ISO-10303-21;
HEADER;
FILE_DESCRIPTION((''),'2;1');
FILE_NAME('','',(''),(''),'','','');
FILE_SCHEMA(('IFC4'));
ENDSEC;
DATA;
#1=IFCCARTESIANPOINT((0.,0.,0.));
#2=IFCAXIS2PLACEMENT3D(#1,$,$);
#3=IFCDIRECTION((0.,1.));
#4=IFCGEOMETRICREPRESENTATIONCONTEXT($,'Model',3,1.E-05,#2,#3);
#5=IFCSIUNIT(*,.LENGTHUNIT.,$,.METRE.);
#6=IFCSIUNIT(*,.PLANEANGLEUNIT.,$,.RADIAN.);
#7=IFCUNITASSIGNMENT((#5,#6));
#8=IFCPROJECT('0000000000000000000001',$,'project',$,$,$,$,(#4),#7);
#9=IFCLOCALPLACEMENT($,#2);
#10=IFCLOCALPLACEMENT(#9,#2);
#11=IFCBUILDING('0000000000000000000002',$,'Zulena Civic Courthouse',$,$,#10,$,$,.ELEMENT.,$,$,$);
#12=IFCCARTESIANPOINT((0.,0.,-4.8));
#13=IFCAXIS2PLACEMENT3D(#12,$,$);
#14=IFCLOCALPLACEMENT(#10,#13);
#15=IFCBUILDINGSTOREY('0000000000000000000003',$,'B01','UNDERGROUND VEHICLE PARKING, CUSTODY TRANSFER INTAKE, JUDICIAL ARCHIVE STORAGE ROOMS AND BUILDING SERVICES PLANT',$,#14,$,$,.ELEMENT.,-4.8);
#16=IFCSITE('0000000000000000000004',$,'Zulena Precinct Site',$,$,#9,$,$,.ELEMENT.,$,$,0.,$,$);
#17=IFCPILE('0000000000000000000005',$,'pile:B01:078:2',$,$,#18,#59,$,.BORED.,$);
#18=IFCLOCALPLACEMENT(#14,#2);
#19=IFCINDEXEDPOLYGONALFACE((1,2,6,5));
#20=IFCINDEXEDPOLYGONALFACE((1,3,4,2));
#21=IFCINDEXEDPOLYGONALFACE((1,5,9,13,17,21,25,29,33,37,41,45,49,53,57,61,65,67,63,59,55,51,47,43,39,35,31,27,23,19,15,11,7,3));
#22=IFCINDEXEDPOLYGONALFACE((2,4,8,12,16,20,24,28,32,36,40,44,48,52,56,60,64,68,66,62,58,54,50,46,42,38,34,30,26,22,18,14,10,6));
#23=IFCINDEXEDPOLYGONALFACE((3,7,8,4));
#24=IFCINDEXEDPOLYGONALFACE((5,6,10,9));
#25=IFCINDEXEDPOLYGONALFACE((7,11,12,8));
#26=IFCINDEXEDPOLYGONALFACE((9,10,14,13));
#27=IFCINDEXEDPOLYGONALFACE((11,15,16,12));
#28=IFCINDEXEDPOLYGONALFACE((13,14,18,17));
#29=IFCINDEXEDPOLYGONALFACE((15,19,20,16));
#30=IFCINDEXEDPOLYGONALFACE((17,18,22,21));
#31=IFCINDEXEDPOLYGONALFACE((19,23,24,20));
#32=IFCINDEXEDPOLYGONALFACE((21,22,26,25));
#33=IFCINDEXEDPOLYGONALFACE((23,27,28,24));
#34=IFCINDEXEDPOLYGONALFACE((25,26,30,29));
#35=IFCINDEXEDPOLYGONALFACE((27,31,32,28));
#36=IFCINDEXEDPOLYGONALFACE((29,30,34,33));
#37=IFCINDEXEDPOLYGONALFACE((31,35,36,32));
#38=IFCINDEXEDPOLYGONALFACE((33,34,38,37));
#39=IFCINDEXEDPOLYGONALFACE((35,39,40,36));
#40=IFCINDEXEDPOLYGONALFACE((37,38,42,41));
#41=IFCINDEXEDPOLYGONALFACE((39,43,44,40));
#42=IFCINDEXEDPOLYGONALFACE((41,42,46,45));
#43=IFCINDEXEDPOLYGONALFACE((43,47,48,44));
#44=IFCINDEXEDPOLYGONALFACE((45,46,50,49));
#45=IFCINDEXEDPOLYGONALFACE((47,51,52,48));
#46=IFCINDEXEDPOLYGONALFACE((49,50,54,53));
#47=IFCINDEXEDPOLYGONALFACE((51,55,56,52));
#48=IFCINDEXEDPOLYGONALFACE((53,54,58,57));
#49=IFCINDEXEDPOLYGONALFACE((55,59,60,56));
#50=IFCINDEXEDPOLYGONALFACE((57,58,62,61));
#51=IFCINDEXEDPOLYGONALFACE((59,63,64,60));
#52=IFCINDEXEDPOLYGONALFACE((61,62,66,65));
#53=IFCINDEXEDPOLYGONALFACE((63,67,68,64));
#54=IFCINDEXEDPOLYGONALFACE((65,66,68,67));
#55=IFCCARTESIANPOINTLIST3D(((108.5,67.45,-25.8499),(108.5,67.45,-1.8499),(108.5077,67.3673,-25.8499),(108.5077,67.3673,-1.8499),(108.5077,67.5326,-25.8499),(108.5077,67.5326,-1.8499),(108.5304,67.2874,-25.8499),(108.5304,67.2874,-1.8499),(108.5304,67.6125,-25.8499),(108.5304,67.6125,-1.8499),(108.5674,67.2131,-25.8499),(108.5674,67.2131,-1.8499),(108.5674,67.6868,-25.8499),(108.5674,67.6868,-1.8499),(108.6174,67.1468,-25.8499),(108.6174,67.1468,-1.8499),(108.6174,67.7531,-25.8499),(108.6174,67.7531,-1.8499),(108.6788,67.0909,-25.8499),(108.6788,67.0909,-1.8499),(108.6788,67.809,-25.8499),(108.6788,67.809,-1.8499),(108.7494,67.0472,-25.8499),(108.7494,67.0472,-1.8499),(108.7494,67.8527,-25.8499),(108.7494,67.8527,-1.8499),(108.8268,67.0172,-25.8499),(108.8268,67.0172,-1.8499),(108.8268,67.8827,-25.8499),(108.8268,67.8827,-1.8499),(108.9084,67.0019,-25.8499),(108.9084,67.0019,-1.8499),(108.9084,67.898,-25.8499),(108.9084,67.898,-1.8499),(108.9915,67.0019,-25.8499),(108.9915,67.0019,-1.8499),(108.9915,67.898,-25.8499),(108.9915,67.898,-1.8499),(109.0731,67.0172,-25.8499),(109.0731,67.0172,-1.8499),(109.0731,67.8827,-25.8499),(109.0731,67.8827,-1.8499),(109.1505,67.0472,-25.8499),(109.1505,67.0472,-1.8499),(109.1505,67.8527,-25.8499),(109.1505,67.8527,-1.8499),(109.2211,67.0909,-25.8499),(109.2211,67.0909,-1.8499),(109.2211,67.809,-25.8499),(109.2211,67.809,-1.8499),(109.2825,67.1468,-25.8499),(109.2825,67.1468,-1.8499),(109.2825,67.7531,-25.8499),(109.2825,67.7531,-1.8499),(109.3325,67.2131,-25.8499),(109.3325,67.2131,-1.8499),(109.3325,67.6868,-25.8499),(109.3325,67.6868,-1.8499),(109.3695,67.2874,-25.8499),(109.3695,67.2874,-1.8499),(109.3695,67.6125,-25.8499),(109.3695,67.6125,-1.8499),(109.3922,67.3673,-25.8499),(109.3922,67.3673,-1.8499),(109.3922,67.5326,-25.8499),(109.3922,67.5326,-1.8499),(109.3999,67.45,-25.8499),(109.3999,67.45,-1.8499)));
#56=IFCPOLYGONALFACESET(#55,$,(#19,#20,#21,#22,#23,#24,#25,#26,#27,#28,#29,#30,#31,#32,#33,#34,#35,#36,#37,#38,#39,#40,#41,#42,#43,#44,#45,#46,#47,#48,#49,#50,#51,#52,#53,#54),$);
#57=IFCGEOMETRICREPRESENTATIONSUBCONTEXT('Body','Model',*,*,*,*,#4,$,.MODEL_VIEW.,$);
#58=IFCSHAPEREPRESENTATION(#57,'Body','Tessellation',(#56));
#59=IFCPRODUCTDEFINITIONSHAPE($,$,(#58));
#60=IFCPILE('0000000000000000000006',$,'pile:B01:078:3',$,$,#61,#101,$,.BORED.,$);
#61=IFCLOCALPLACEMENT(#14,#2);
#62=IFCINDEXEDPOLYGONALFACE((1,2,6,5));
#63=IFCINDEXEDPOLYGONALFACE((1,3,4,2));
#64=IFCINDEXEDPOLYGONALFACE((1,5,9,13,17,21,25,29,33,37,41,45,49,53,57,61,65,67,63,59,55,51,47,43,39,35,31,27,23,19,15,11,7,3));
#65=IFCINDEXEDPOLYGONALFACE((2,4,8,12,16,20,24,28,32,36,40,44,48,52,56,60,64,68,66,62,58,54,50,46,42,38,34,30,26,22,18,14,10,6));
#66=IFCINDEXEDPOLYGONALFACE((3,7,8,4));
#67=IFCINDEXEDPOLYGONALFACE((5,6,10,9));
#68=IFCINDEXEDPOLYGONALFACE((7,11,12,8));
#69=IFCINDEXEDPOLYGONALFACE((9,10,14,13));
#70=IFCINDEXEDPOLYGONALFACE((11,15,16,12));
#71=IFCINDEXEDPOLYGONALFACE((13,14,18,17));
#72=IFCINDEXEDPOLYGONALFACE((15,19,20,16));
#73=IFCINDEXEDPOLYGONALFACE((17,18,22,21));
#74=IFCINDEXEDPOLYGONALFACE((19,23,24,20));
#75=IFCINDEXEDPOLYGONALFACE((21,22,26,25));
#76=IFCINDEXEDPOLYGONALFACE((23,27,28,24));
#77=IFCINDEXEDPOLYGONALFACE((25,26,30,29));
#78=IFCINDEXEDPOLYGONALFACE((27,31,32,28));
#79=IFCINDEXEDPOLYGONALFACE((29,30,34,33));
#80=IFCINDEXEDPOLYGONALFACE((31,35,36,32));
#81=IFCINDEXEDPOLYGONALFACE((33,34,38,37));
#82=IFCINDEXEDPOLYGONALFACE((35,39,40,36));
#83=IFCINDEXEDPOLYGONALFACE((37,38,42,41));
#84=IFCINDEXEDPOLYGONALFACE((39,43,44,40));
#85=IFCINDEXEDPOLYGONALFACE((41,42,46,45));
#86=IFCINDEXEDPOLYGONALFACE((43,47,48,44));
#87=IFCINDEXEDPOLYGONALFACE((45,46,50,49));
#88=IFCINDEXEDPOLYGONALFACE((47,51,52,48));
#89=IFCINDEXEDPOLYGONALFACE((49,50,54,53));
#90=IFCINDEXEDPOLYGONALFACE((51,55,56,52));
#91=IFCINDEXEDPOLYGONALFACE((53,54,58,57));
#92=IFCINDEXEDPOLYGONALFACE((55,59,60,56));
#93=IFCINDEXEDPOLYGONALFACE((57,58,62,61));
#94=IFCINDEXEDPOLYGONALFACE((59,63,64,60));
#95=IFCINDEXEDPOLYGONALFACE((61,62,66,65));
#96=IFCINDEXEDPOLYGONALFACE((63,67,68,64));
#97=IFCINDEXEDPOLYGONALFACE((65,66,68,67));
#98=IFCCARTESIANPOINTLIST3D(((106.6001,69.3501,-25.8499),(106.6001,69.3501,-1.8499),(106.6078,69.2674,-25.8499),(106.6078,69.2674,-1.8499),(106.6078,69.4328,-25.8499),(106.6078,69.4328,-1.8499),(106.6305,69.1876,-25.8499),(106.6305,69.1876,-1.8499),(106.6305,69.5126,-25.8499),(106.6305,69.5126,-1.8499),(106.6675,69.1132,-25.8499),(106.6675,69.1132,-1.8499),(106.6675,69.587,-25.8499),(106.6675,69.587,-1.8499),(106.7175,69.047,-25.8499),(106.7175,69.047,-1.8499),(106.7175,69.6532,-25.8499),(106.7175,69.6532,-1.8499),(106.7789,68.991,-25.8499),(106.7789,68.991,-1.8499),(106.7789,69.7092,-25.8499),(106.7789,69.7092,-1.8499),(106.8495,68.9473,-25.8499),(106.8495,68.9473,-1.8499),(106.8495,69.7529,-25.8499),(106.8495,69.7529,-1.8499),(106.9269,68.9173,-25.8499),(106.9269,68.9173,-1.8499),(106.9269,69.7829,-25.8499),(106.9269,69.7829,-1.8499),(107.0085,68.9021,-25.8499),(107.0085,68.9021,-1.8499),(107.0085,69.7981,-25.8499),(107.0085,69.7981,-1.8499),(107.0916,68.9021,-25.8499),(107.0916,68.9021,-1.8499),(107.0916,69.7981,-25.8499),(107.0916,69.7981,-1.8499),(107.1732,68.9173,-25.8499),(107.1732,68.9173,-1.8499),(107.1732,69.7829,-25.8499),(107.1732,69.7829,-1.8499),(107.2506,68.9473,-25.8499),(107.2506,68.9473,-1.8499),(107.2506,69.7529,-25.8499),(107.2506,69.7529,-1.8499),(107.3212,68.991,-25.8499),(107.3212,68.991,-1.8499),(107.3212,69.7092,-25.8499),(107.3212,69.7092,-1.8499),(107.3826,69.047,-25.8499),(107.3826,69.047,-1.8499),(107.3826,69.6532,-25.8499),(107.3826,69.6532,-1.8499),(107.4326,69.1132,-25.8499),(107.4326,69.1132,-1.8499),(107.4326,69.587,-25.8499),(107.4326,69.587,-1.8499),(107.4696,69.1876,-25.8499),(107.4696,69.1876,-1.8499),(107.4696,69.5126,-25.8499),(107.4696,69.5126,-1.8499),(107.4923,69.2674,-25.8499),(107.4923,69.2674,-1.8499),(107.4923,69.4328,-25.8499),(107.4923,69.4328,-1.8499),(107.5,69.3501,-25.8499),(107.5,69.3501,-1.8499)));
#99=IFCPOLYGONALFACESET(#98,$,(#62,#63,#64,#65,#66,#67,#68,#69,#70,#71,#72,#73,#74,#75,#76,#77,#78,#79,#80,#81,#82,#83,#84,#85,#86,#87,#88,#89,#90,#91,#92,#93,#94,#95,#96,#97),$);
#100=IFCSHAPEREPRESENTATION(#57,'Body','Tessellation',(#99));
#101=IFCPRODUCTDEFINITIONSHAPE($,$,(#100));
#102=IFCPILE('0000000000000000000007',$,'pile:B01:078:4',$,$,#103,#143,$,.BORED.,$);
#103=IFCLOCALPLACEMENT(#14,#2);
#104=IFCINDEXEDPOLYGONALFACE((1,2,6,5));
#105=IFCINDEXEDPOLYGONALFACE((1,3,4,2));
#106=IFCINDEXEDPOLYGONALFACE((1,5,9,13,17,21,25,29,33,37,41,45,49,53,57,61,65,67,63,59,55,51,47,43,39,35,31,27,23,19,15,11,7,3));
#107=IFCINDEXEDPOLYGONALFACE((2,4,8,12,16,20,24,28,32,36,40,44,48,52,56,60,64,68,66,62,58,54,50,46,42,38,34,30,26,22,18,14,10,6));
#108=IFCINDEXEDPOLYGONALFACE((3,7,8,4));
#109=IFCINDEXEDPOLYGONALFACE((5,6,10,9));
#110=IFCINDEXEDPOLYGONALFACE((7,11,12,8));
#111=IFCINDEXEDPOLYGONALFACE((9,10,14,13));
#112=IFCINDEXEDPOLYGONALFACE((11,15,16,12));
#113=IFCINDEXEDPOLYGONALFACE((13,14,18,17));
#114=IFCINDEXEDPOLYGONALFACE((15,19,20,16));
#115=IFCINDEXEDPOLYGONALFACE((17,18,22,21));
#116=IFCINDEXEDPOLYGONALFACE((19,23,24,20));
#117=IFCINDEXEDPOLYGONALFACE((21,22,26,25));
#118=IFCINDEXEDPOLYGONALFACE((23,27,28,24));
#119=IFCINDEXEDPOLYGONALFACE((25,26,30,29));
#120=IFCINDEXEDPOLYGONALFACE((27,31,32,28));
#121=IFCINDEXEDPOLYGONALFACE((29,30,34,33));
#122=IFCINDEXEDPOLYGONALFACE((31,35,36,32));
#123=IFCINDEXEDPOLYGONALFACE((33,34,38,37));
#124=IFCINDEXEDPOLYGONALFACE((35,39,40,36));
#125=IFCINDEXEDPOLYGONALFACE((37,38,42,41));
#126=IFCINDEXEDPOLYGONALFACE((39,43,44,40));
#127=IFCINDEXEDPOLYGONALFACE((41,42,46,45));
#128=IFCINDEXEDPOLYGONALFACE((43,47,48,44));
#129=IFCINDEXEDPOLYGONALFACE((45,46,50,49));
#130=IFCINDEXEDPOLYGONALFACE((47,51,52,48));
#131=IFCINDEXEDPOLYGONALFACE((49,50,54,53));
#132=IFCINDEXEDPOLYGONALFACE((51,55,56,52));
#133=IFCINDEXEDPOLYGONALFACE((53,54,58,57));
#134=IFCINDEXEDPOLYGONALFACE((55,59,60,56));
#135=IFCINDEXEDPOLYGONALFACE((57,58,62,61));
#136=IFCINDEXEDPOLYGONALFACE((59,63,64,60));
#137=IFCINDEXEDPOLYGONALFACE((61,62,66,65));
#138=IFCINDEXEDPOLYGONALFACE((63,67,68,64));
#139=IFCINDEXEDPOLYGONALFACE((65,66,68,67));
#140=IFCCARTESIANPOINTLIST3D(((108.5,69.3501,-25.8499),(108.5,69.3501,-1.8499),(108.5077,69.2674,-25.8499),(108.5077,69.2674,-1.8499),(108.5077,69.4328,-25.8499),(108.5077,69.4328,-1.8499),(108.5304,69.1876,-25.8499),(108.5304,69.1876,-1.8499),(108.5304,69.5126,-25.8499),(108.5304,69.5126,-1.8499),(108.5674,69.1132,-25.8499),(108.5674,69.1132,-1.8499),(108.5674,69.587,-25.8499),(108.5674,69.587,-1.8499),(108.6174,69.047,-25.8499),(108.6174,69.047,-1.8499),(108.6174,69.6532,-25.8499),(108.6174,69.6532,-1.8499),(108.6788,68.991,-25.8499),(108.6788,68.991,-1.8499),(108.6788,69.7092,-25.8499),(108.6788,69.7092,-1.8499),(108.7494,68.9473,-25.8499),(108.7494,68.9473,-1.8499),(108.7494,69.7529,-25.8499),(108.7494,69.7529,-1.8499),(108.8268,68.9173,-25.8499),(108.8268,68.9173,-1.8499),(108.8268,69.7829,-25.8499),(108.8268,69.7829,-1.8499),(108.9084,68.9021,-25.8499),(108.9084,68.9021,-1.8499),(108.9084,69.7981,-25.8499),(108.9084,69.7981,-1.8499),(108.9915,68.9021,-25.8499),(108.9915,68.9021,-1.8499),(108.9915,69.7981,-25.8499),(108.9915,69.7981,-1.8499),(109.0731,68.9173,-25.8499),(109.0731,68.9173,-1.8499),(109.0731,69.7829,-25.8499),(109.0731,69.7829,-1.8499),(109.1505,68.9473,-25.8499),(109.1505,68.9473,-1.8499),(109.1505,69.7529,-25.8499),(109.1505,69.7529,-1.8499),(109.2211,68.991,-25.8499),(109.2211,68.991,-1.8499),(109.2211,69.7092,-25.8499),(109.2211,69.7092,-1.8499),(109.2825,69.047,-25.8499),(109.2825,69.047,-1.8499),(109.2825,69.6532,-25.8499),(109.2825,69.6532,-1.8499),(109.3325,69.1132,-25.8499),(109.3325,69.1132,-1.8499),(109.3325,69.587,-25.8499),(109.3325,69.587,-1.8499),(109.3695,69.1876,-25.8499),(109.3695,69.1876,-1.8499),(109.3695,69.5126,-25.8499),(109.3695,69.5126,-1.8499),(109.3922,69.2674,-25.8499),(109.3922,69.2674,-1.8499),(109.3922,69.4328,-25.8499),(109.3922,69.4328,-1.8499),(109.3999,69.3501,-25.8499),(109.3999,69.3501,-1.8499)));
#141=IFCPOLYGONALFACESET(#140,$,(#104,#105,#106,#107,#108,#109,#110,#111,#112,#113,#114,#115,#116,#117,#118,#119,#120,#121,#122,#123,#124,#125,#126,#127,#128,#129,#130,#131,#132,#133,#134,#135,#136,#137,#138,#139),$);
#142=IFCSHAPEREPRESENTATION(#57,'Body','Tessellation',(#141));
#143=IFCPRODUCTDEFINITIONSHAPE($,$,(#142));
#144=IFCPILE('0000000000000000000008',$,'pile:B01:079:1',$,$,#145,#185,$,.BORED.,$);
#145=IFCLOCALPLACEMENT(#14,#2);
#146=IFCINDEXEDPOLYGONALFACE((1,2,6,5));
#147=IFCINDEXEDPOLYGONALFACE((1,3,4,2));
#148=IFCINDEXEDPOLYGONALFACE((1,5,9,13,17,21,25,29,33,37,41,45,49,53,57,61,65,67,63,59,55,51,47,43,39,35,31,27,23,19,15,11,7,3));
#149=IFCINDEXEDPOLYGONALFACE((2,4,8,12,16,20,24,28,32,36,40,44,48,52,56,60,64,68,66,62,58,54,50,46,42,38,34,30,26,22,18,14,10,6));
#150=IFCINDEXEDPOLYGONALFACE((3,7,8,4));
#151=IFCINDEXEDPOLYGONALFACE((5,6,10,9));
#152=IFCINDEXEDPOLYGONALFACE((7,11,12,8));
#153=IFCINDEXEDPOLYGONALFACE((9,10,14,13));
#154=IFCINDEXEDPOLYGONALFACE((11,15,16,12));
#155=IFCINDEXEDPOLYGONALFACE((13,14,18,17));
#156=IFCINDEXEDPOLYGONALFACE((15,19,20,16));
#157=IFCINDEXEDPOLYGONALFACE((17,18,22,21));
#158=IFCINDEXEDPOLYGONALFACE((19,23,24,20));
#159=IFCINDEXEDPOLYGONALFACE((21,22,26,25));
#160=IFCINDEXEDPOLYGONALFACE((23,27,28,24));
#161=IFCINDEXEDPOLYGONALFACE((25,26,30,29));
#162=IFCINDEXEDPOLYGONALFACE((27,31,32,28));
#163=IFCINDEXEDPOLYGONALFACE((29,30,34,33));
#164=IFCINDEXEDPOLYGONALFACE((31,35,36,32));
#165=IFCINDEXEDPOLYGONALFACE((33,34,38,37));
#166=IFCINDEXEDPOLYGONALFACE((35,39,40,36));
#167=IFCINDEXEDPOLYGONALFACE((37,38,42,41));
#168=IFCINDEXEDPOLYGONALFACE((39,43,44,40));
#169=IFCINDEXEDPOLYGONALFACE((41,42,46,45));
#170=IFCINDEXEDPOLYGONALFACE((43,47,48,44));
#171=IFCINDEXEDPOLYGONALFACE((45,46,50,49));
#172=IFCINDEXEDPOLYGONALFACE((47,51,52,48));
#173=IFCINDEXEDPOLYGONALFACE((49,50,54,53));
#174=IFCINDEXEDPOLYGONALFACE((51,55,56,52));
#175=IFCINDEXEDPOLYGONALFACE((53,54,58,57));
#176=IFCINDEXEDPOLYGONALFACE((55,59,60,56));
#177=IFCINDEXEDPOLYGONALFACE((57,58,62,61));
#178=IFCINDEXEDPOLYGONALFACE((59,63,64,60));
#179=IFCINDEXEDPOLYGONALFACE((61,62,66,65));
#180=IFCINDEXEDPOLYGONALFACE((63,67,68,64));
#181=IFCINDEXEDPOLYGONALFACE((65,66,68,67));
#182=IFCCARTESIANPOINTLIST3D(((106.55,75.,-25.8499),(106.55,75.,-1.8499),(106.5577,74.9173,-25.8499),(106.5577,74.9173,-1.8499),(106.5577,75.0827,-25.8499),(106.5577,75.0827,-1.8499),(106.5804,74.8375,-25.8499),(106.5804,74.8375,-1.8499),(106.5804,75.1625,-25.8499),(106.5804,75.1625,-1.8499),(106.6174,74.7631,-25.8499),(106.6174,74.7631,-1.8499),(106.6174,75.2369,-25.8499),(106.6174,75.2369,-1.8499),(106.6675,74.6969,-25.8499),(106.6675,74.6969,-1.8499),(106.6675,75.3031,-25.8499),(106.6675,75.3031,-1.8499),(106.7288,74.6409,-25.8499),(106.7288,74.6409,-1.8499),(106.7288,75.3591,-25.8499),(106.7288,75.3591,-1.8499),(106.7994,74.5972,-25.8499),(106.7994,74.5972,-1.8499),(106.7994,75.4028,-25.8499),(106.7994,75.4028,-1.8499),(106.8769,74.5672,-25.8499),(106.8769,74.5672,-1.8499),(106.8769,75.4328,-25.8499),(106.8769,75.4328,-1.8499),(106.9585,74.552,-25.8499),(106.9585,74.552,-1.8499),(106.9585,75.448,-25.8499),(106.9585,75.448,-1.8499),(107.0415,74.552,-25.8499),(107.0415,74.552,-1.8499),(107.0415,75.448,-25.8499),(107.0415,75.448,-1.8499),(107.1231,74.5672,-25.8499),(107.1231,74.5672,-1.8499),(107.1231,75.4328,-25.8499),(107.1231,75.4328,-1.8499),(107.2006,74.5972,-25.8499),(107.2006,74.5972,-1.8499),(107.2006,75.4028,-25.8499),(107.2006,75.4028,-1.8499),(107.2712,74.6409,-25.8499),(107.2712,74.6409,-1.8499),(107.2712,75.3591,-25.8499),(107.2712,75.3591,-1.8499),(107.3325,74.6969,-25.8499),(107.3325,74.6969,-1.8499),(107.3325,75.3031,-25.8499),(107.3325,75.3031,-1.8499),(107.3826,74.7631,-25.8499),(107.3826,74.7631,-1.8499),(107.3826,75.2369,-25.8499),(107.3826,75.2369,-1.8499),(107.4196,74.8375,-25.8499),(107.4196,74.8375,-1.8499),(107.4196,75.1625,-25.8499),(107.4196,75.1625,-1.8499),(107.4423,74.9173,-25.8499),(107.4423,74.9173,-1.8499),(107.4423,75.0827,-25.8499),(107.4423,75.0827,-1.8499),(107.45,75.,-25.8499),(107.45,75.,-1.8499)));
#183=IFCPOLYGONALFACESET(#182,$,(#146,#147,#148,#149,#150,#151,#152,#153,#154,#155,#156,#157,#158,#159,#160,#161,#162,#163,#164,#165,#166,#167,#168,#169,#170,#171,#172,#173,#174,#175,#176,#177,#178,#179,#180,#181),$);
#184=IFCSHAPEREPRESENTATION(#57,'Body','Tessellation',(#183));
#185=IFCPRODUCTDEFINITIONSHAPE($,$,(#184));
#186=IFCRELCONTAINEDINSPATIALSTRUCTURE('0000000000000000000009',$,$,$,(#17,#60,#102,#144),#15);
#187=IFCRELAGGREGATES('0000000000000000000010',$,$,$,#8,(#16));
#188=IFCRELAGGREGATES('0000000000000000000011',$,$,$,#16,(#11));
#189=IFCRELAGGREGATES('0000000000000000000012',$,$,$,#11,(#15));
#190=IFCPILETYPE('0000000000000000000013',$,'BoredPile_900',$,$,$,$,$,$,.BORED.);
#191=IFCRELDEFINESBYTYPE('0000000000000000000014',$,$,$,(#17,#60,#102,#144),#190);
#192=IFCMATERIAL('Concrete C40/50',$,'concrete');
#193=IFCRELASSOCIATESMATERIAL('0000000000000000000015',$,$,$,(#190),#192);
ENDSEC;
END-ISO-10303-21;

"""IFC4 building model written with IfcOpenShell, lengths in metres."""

from ifc_helpers import new_model, si_unit, direction, frame, origin, origin_2d, place, context, subcontext, project, spatial, circle, extrude, material, material_profile, profile_set, type_object, element, save


model = new_model("IFC4")

# Units and contexts
model_context = context("Model", 3, precision=1e-05, world=origin(), true_north=direction((0.0, 1.0)))
body_context = subcontext(model_context, "Body", "Model", "MODEL_VIEW")
ifc_project = project(units=[si_unit("LENGTHUNIT", "METRE"), si_unit("PLANEANGLEUNIT", "RADIAN")], contexts=[model_context])

# Site, building, storey
site_placement = place(None, origin())
site = spatial("IfcSite", under=ifc_project, at=site_placement, Name="Zulena Precinct Site", CompositionType="ELEMENT", RefElevation=0.0)
building_placement = place(site_placement, origin())
building = spatial("IfcBuilding", under=site, at=building_placement, Name="Zulena Civic Courthouse", CompositionType="ELEMENT")
storey_placement = place(building_placement, frame((0.0, 0.0, -4.8)))
storey = spatial("IfcBuildingStorey", under=building, at=storey_placement, Name="B01", Description="UNDERGROUND VEHICLE PARKING, CUSTODY TRANSFER INTAKE, JUDICIAL ARCHIVE STORAGE ROOMS AND BUILDING SERVICES PLANT", CompositionType="ELEMENT", Elevation=-4.8)

# Piles
ifc_material_1 = material(Name="Concrete C40/50", Category="concrete")
ifc_material_profile_1 = material_profile(ifc_material_1, circle(Radius=0.45, at=origin_2d()), Name="PILE900")
ifc_profile_set_1 = profile_set([ifc_material_profile_1], Name="Concrete C40/50")
pile_type = type_object("IfcPileType", Name="BoredPile_900", PredefinedType="BORED", material=ifc_profile_set_1)
for number, where, z_axis, x_axis, name in (
    (1, (108.95, 67.45, -1.8499), (0.0, 0.0, -1.0), (1.0, 0.0, 0.0), "pile:B01:078:2"),
    (2, (107.05, 69.3501, -1.8499), (0.0, 0.0, -1.0), (1.0, 0.0, 0.0), "pile:B01:078:3"),
    (3, (108.95, 69.3501, -1.8499), (0.0, 0.0, -1.0), (1.0, 0.0, 0.0), "pile:B01:078:4"),
    (4, (107.0, 75.0, -1.8499), (0.0, 0.0, -1.0), (1.0, 0.0, 0.0), "pile:B01:079:1"),
):
    element("IfcPile", number, at=place(storey_placement, frame(where, z_axis=z_axis, x_axis=x_axis)), inside=storey, type_object=pile_type, Name=name, PredefinedType="BORED", context=body_context, shape_type="SweptSolid", body=[
        extrude(circle(Radius=0.45, at=origin_2d()), origin(), (0.0, 0.0, 1.0), 24.0),
    ])

save(model, "model.ifc")
